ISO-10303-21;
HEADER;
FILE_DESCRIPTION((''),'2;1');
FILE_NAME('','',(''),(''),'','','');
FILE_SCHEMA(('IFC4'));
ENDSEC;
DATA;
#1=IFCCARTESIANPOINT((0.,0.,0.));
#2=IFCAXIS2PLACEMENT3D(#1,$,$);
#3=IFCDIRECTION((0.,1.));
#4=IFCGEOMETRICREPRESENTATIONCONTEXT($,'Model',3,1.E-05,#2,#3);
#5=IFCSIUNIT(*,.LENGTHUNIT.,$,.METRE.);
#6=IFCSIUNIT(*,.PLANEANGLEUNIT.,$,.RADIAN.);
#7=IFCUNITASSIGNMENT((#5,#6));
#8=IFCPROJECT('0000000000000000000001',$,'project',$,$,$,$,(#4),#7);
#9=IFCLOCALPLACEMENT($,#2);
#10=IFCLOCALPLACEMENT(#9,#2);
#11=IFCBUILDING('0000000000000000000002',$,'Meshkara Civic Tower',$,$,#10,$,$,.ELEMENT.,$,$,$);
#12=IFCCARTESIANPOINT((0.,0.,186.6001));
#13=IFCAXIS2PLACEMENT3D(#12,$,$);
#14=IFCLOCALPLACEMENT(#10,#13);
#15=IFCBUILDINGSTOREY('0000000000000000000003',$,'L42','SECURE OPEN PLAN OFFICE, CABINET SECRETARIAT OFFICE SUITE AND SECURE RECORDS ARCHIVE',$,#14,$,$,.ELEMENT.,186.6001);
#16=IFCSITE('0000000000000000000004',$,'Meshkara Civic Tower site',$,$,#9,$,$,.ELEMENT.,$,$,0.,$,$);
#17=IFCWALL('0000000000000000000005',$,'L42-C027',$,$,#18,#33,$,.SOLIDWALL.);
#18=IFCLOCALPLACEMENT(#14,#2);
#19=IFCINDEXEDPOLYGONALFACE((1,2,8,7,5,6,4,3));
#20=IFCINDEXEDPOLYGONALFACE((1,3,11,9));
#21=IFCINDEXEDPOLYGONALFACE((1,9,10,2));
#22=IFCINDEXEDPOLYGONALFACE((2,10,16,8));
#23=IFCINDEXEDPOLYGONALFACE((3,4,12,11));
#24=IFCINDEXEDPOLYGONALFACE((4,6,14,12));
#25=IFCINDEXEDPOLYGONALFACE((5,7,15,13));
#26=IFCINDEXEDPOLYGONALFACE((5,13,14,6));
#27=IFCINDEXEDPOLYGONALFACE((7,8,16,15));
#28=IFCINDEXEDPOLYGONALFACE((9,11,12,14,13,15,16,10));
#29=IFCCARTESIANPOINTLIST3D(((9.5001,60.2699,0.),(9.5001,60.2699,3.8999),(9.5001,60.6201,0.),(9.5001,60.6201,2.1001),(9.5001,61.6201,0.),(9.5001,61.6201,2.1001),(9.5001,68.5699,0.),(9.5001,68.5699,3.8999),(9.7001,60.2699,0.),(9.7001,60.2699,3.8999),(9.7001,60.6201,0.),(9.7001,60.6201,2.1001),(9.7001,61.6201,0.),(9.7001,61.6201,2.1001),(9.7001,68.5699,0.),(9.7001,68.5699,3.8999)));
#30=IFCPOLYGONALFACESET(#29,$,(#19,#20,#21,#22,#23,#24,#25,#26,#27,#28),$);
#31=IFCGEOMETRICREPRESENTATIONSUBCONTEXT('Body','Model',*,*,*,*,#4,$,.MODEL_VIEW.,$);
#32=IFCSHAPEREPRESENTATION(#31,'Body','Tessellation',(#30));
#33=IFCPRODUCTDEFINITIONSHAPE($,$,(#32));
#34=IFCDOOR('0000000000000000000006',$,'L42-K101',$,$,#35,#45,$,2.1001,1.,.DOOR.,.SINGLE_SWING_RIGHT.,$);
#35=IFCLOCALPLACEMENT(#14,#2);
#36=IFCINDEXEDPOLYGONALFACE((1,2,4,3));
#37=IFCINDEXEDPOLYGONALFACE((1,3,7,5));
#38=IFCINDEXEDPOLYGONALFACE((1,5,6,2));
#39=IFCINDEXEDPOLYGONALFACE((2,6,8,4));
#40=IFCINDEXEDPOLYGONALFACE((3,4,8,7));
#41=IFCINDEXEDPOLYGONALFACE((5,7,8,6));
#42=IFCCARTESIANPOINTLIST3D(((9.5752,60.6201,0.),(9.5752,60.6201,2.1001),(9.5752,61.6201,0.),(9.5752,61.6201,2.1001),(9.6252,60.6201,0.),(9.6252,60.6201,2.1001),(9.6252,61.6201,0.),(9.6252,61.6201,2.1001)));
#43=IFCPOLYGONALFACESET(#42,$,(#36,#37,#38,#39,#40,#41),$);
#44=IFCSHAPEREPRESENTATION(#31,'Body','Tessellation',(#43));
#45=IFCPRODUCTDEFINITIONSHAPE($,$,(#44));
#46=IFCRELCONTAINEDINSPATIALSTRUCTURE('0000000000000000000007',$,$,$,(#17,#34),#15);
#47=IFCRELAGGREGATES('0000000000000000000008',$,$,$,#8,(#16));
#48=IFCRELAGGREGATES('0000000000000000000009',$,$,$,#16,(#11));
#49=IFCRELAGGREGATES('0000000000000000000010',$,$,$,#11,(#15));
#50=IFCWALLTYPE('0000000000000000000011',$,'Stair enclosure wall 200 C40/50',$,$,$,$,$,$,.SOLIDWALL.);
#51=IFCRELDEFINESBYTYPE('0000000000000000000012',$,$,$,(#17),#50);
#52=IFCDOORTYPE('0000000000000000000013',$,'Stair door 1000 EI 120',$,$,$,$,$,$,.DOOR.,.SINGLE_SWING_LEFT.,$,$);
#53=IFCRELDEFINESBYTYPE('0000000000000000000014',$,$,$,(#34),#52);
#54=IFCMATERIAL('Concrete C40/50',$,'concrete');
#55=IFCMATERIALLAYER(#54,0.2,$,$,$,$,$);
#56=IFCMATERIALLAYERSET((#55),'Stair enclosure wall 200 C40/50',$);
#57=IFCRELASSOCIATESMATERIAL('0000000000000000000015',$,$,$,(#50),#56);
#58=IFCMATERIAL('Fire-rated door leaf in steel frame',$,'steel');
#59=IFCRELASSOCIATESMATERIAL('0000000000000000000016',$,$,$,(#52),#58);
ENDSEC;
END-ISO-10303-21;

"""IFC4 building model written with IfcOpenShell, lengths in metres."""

from ifc_helpers import new_model, si_unit, direction, frame, frame_2d, origin, place, context, subcontext, project, spatial, rectangle, extrude, material, layer, layer_set, type_object, element, fill, save


model = new_model("IFC4")

# Units and contexts
model_context = context("Model", 3, precision=1e-05, world=origin(), true_north=direction((0.0, 1.0)))
body_context = subcontext(model_context, "Body", "Model", "MODEL_VIEW")
ifc_project = project(units=[si_unit("LENGTHUNIT", "METRE"), si_unit("PLANEANGLEUNIT", "RADIAN")], contexts=[model_context])

# Site, building, storey
site_placement = place(None, origin())
site = spatial("IfcSite", under=ifc_project, at=site_placement, Name="Meshkara Civic Tower site", CompositionType="ELEMENT", RefElevation=0.0)
building_placement = place(site_placement, origin())
building = spatial("IfcBuilding", under=site, at=building_placement, Name="Meshkara Civic Tower", CompositionType="ELEMENT")
storey_placement = place(building_placement, frame((0.0, 0.0, 186.6001)))
storey = spatial("IfcBuildingStorey", under=building, at=storey_placement, Name="L42", Description="SECURE OPEN PLAN OFFICE, CABINET SECRETARIAT OFFICE SUITE AND SECURE RECORDS ARCHIVE", CompositionType="ELEMENT", Elevation=186.6001)

# Wall, opening, door
ifc_material_1 = material(Name="Concrete C40/50", Category="concrete")
ifc_layer_1 = layer(ifc_material_1, 0.2)
ifc_layer_set_1 = layer_set([ifc_layer_1], Name="Stair enclosure wall 200 C40/50")
wall_type_1 = type_object("IfcWallType", Name="Stair enclosure wall 200 C40/50", PredefinedType="SOLIDWALL", material=ifc_layer_set_1)
wall_1_placement = place(storey_placement, frame((9.6001, 60.27, 0.0), z_axis=(0.0, 0.0, 1.0), x_axis=(0.0, 1.0, 0.0)))
wall_1 = element("IfcWall", 1, at=wall_1_placement, inside=storey, type_object=wall_type_1, Name="L42-C027", PredefinedType="SOLIDWALL", context=body_context, shape_type="SweptSolid", body=[
    extrude(rectangle(XDim=8.3, YDim=0.2, at=frame_2d((4.1499, 0.0))), origin(), (0.0, 0.0, 1.0), 3.8999),
])
opening_1_placement = place(wall_1_placement, frame((0.3501, 0.0, 0.0)))
opening_1 = element("IfcOpeningElement", 2, at=opening_1_placement, cuts=wall_1, PredefinedType="OPENING", context=body_context, shape_type="SweptSolid", body=[
    extrude(rectangle(XDim=1.0, YDim=2.1001, at=frame_2d((0.5, 1.05))), frame((0.0, 0.1099, 0.0), z_axis=(0.0, -1.0, 0.0), x_axis=(1.0, 0.0, 0.0)), (0.0, 0.0, 1.0), 0.22),
])
ifc_material_2 = material(Name="Fire-rated door leaf in steel frame", Category="steel")
door_type = type_object("IfcDoorType", Name="Stair door 1000 EI 120", OperationType="SINGLE_SWING_LEFT", PredefinedType="DOOR", material=ifc_material_2)
door_placement = place(opening_1_placement, origin())
door = element("IfcDoor", 3, at=door_placement, inside=storey, type_object=door_type, Name="L42-K101", OperationType="SINGLE_SWING_RIGHT", OverallHeight=2.1001, OverallWidth=1.0, PredefinedType="DOOR", context=body_context, shape_type="SweptSolid", body=[
    extrude(rectangle(XDim=1.0, YDim=2.1001, at=frame_2d((0.5, 1.05))), frame((0.0, 0.0249, 0.0), z_axis=(0.0, -1.0, 0.0), x_axis=(1.0, 0.0, 0.0)), (0.0, 0.0, 1.0), 0.05),
])
fill(opening_1, door)

save(model, "model.ifc")
